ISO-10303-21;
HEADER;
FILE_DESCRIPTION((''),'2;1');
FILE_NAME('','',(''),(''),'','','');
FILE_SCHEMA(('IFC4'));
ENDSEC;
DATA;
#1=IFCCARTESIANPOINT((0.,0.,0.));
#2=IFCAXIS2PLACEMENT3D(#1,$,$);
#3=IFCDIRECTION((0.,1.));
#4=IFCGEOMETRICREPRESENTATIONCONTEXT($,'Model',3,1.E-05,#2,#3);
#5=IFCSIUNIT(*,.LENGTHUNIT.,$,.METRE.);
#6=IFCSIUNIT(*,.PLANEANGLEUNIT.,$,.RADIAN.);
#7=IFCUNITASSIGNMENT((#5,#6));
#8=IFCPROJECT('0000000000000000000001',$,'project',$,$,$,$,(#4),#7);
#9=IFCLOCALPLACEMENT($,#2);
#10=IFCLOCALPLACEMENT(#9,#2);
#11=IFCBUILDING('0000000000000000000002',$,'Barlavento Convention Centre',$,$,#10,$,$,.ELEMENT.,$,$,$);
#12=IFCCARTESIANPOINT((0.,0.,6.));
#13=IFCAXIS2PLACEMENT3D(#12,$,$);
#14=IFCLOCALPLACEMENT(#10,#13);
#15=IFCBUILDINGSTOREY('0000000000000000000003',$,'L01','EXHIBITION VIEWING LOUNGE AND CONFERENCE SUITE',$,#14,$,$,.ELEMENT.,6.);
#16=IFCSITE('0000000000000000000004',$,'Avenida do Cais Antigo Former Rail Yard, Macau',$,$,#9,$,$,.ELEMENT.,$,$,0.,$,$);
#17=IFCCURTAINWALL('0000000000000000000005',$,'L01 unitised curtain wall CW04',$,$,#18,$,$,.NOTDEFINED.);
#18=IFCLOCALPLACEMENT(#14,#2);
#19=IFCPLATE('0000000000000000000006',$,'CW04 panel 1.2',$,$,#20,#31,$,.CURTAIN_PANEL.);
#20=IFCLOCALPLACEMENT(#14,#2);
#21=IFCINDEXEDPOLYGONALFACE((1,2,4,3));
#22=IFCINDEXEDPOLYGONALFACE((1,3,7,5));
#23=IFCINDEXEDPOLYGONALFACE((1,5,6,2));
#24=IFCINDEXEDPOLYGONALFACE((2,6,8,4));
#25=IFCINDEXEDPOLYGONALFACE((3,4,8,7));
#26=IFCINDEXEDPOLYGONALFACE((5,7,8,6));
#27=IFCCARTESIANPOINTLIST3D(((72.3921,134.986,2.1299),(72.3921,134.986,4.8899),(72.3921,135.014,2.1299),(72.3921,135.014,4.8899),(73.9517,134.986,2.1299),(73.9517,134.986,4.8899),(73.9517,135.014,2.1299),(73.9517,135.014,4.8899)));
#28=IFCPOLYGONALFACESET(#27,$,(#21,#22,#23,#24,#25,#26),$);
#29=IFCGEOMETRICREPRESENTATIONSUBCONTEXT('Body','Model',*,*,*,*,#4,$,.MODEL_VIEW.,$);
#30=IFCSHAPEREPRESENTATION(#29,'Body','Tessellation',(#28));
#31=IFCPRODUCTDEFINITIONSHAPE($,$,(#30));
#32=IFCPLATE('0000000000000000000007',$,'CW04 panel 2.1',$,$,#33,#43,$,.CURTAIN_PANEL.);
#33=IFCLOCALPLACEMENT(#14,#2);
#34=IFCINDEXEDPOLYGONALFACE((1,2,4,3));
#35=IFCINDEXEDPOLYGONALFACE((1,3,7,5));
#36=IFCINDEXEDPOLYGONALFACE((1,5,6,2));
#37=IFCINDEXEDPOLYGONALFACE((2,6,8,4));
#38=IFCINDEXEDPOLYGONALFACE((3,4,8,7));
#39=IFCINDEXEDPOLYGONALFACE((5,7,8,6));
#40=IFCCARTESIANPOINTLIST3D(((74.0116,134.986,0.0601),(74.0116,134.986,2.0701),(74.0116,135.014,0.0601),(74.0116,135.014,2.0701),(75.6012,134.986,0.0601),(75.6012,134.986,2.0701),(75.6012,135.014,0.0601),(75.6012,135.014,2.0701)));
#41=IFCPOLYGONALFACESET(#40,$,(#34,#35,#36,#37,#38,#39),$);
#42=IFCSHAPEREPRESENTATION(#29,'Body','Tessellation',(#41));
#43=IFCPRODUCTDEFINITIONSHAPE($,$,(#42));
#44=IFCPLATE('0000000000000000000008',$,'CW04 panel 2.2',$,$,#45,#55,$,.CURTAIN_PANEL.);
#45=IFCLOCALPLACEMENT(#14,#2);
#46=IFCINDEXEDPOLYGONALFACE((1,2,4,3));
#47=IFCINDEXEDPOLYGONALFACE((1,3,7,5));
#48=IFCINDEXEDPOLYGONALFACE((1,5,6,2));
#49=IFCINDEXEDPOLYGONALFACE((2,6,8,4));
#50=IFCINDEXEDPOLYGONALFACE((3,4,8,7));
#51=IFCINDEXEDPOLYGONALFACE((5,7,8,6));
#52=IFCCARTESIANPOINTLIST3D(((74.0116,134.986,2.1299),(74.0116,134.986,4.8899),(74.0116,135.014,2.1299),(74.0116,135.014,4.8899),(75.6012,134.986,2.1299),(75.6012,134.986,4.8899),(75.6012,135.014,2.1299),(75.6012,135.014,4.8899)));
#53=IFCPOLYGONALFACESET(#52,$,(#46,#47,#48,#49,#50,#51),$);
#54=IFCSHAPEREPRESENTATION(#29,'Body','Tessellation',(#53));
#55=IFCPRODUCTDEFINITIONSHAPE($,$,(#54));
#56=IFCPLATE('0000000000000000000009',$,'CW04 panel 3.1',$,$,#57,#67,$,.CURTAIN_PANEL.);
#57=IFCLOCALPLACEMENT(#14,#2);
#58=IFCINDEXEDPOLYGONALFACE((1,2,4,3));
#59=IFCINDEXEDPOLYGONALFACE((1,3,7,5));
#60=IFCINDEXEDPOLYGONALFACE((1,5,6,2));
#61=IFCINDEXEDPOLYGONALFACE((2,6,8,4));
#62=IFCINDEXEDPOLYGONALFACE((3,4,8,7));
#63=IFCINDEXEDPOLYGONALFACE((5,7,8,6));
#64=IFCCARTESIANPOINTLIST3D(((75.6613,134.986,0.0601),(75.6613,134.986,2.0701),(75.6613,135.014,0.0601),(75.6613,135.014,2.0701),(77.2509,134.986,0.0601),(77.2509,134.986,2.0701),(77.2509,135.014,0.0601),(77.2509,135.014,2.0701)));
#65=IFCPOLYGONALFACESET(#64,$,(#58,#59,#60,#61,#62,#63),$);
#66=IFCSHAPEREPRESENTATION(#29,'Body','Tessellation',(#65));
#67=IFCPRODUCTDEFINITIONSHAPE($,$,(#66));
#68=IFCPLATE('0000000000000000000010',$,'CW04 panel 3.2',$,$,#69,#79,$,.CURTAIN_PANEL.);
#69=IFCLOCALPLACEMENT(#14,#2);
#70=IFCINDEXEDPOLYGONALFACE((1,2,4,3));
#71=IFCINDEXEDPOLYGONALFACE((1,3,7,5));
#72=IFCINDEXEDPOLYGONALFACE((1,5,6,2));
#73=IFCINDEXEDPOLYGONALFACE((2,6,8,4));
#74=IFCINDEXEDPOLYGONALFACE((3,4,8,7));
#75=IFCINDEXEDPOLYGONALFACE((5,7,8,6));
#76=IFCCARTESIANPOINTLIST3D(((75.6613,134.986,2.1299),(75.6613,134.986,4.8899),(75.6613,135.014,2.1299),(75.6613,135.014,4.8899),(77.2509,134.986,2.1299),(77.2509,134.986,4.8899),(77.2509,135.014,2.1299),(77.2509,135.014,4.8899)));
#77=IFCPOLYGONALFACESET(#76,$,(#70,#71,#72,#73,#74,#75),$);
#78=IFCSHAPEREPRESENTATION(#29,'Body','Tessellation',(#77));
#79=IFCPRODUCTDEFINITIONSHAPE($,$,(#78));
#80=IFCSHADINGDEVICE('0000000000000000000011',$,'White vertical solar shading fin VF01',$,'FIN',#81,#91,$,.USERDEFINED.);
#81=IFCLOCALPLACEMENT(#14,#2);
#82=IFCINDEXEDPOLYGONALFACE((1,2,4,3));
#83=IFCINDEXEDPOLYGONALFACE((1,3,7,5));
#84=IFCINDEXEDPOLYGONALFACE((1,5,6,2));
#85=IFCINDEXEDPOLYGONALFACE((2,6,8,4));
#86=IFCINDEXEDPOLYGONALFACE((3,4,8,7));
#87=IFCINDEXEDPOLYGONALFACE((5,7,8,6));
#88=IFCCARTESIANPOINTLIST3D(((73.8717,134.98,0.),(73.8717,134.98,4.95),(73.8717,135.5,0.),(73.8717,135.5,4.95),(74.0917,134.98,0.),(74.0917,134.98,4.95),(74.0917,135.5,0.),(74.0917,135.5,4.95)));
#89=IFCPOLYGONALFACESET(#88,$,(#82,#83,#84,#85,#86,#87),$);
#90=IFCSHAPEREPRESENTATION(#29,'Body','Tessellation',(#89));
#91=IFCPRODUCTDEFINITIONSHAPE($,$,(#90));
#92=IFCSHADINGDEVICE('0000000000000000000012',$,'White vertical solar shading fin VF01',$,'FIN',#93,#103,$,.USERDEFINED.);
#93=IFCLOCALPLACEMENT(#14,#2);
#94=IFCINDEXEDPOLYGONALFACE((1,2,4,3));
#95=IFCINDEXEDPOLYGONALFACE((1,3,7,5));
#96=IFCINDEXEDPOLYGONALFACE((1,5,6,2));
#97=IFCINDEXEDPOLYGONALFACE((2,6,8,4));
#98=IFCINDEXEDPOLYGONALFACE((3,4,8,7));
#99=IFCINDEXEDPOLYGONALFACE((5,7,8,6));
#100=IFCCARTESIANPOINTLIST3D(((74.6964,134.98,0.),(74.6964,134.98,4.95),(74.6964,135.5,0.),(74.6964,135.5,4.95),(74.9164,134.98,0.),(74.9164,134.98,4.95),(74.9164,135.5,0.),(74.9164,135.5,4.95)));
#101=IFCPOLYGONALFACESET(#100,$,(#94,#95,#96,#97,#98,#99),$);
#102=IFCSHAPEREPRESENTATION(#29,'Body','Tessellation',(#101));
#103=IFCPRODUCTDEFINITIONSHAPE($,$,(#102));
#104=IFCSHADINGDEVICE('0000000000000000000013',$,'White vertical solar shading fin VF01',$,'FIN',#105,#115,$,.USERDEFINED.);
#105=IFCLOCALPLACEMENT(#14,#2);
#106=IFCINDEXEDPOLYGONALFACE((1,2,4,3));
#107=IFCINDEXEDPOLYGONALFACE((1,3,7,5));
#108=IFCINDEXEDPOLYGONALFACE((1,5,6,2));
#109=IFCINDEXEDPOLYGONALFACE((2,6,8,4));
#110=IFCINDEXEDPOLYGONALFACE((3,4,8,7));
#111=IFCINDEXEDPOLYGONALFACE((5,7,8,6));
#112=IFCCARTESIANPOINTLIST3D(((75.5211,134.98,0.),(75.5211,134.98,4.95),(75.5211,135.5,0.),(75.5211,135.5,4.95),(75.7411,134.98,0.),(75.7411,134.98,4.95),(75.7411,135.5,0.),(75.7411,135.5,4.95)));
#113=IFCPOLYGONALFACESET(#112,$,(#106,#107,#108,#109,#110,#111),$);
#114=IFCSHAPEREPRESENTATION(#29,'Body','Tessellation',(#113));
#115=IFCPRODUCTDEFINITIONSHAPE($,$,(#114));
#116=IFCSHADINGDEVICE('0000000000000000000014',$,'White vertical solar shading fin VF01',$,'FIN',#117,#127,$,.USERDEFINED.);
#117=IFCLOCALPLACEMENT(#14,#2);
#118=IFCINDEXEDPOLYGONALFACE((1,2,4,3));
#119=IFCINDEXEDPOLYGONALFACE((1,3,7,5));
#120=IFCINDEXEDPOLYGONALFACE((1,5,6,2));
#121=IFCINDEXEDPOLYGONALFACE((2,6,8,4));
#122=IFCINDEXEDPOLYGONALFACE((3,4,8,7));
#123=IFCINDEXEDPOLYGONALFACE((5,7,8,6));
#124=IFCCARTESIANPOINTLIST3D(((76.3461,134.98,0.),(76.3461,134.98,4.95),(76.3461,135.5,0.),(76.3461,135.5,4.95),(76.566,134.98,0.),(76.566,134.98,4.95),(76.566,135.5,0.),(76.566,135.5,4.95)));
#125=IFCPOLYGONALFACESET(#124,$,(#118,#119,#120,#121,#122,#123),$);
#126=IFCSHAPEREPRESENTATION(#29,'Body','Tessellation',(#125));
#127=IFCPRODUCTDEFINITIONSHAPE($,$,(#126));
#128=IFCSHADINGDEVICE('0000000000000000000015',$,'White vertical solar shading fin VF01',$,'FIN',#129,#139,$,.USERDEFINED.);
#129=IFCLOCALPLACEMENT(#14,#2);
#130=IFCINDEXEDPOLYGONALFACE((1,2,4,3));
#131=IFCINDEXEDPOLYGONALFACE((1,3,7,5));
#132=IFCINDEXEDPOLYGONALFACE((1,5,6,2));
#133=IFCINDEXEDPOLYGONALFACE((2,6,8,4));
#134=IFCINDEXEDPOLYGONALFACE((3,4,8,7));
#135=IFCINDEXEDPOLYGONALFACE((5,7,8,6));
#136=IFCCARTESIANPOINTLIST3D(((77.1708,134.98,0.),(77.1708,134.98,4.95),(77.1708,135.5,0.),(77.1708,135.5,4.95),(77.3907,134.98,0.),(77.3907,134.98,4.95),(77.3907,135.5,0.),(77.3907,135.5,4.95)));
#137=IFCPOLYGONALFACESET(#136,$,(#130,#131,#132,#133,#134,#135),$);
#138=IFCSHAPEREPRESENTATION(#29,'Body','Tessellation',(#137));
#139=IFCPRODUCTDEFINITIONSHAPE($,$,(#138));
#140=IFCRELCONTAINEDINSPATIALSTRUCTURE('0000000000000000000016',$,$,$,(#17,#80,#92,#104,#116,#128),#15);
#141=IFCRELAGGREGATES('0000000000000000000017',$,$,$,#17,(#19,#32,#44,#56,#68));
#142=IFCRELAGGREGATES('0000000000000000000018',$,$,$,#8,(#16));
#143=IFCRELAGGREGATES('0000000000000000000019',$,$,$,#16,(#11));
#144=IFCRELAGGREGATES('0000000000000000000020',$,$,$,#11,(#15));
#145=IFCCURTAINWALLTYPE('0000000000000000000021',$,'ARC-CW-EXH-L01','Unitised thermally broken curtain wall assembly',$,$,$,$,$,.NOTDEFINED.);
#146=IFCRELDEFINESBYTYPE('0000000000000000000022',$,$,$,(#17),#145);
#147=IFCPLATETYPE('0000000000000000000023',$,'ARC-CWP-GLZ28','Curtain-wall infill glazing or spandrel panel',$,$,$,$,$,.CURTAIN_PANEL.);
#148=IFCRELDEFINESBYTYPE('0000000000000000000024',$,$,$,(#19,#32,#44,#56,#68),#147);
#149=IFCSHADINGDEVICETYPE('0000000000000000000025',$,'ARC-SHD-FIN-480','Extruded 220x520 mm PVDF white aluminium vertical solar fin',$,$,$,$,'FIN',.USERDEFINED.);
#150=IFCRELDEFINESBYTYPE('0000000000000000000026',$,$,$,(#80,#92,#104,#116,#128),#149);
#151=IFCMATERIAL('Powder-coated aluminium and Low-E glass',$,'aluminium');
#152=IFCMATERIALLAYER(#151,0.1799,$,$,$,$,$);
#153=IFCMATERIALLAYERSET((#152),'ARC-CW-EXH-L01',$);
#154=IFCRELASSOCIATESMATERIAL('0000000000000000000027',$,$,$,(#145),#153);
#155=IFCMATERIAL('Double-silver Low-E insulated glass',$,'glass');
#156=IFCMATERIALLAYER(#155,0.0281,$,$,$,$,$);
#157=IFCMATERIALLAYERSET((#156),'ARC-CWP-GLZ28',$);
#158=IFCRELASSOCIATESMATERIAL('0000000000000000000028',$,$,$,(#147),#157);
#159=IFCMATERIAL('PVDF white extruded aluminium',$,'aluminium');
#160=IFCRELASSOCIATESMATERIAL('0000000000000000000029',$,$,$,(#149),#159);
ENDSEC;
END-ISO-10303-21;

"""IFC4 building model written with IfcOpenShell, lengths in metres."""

from ifc_helpers import new_model, si_unit, direction, frame, origin, origin_2d, place, context, subcontext, project, spatial, rectangle, extrude, material, layer, layer_set, type_object, element, aggregate, save


model = new_model("IFC4")

# Units and contexts
model_context = context("Model", 3, precision=1e-05, world=origin(), true_north=direction((0.0, 1.0)))
body_context = subcontext(model_context, "Body", "Model", "MODEL_VIEW")
ifc_project = project(units=[si_unit("LENGTHUNIT", "METRE"), si_unit("PLANEANGLEUNIT", "RADIAN")], contexts=[model_context])

# Site, building, storey
site_placement = place(None, origin())
site = spatial("IfcSite", under=ifc_project, at=site_placement, Name="Avenida do Cais Antigo Former Rail Yard, Macau", CompositionType="ELEMENT", RefElevation=0.0)
building_placement = place(site_placement, origin())
building = spatial("IfcBuilding", under=site, at=building_placement, Name="Barlavento Convention Centre", CompositionType="ELEMENT")
storey_placement = place(building_placement, frame((0.0, 0.0, 6.0)))
storey = spatial("IfcBuildingStorey", under=building, at=storey_placement, Name="L01", Description="EXHIBITION VIEWING LOUNGE AND CONFERENCE SUITE", CompositionType="ELEMENT", Elevation=6.0)

# Curtain wall, plates
ifc_material_1 = material(Name="Powder-coated aluminium and Low-E glass", Category="aluminium")
ifc_layer_1 = layer(ifc_material_1, 0.1799)
ifc_layer_set_1 = layer_set([ifc_layer_1], Name="ARC-CW-EXH-L01")
curtain_wall_type = type_object("IfcCurtainWallType", Name="ARC-CW-EXH-L01", Description="Unitised thermally broken curtain wall assembly", PredefinedType="NOTDEFINED", material=ifc_layer_set_1)
curtain_wall_placement = place(storey_placement, origin())
curtain_wall = element("IfcCurtainWall", 1, at=curtain_wall_placement, inside=storey, type_object=curtain_wall_type, Name="L01 unitised curtain wall CW04", PredefinedType="NOTDEFINED")
ifc_material_2 = material(Name="Double-silver Low-E insulated glass", Category="glass")
ifc_layer_2 = layer(ifc_material_2, 0.0281)
ifc_layer_set_2 = layer_set([ifc_layer_2], Name="ARC-CWP-GLZ28")
plate_type = type_object("IfcPlateType", Name="ARC-CWP-GLZ28", Description="Curtain-wall infill glazing or spandrel panel", PredefinedType="CURTAIN_PANEL", material=ifc_layer_set_2)
plate_1_placement = place(storey_placement, frame((73.1719, 135.0, 2.1299), z_axis=(0.0, 0.0, 1.0), x_axis=(1.0, 0.0, 0.0)))
plate_1 = element("IfcPlate", 2, at=plate_1_placement, type_object=plate_type, Name="CW04 panel 1.2", PredefinedType="CURTAIN_PANEL", context=body_context, shape_type="SweptSolid", body=[
    extrude(rectangle(XDim=1.5596, YDim=0.0281, at=origin_2d()), origin(), (0.0, 0.0, 1.0), 2.76),
])
plate_2_placement = place(storey_placement, frame((74.8064, 135.0, 0.0601), z_axis=(0.0, 0.0, 1.0), x_axis=(1.0, 0.0, 0.0)))
plate_2 = element("IfcPlate", 3, at=plate_2_placement, type_object=plate_type, Name="CW04 panel 2.1", PredefinedType="CURTAIN_PANEL", context=body_context, shape_type="SweptSolid", body=[
    extrude(rectangle(XDim=1.5896, YDim=0.0281, at=origin_2d()), origin(), (0.0, 0.0, 1.0), 2.01),
])
plate_3_placement = place(storey_placement, frame((74.8064, 135.0, 2.1299), z_axis=(0.0, 0.0, 1.0), x_axis=(1.0, 0.0, 0.0)))
plate_3 = element("IfcPlate", 4, at=plate_3_placement, type_object=plate_type, Name="CW04 panel 2.2", PredefinedType="CURTAIN_PANEL", context=body_context, shape_type="SweptSolid", body=[
    extrude(rectangle(XDim=1.5896, YDim=0.0281, at=origin_2d()), origin(), (0.0, 0.0, 1.0), 2.76),
])
plate_4_placement = place(storey_placement, frame((76.4561, 135.0, 0.0601), z_axis=(0.0, 0.0, 1.0), x_axis=(1.0, 0.0, 0.0)))
plate_4 = element("IfcPlate", 5, at=plate_4_placement, type_object=plate_type, Name="CW04 panel 3.1", PredefinedType="CURTAIN_PANEL", context=body_context, shape_type="SweptSolid", body=[
    extrude(rectangle(XDim=1.5896, YDim=0.0281, at=origin_2d()), origin(), (0.0, 0.0, 1.0), 2.01),
])
plate_5_placement = place(storey_placement, frame((76.4561, 135.0, 2.1299), z_axis=(0.0, 0.0, 1.0), x_axis=(1.0, 0.0, 0.0)))
plate_5 = element("IfcPlate", 6, at=plate_5_placement, type_object=plate_type, Name="CW04 panel 3.2", PredefinedType="CURTAIN_PANEL", context=body_context, shape_type="SweptSolid", body=[
    extrude(rectangle(XDim=1.5896, YDim=0.0281, at=origin_2d()), origin(), (0.0, 0.0, 1.0), 2.76),
])
aggregate(curtain_wall, [plate_1, plate_2, plate_3, plate_4, plate_5])

# Shading devices
ifc_material_3 = material(Name="PVDF white extruded aluminium", Category="aluminium")
shading_device_type = type_object("IfcShadingDeviceType", Name="ARC-SHD-FIN-480", Description="Extruded 220x520 mm PVDF white aluminium vertical solar fin", ElementType="FIN", PredefinedType="USERDEFINED", material=ifc_material_3)
for number, where, z_axis, x_axis, name in (
    (7, (73.9817, 135.24, 0.0), (0.0, 0.0, 1.0), (1.0, 0.0, 0.0), "White vertical solar shading fin VF01"),
    (8, (74.8064, 135.24, 0.0), (0.0, 0.0, 1.0), (1.0, 0.0, 0.0), "White vertical solar shading fin VF01"),
    (9, (75.6311, 135.24, 0.0), (0.0, 0.0, 1.0), (1.0, 0.0, 0.0), "White vertical solar shading fin VF01"),
    (10, (76.4561, 135.24, 0.0), (0.0, 0.0, 1.0), (1.0, 0.0, 0.0), "White vertical solar shading fin VF01"),
    (11, (77.2808, 135.24, 0.0), (0.0, 0.0, 1.0), (1.0, 0.0, 0.0), "White vertical solar shading fin VF01"),
):
    element("IfcShadingDevice", number, at=place(storey_placement, frame(where, z_axis=z_axis, x_axis=x_axis)), inside=storey, type_object=shading_device_type, Name=name, ObjectType="FIN", PredefinedType="USERDEFINED", context=body_context, shape_type="SweptSolid", body=[
        extrude(rectangle(XDim=0.22, YDim=0.52, at=origin_2d()), origin(), (0.0, 0.0, 1.0), 4.95),
    ])

save(model, "model.ifc")
